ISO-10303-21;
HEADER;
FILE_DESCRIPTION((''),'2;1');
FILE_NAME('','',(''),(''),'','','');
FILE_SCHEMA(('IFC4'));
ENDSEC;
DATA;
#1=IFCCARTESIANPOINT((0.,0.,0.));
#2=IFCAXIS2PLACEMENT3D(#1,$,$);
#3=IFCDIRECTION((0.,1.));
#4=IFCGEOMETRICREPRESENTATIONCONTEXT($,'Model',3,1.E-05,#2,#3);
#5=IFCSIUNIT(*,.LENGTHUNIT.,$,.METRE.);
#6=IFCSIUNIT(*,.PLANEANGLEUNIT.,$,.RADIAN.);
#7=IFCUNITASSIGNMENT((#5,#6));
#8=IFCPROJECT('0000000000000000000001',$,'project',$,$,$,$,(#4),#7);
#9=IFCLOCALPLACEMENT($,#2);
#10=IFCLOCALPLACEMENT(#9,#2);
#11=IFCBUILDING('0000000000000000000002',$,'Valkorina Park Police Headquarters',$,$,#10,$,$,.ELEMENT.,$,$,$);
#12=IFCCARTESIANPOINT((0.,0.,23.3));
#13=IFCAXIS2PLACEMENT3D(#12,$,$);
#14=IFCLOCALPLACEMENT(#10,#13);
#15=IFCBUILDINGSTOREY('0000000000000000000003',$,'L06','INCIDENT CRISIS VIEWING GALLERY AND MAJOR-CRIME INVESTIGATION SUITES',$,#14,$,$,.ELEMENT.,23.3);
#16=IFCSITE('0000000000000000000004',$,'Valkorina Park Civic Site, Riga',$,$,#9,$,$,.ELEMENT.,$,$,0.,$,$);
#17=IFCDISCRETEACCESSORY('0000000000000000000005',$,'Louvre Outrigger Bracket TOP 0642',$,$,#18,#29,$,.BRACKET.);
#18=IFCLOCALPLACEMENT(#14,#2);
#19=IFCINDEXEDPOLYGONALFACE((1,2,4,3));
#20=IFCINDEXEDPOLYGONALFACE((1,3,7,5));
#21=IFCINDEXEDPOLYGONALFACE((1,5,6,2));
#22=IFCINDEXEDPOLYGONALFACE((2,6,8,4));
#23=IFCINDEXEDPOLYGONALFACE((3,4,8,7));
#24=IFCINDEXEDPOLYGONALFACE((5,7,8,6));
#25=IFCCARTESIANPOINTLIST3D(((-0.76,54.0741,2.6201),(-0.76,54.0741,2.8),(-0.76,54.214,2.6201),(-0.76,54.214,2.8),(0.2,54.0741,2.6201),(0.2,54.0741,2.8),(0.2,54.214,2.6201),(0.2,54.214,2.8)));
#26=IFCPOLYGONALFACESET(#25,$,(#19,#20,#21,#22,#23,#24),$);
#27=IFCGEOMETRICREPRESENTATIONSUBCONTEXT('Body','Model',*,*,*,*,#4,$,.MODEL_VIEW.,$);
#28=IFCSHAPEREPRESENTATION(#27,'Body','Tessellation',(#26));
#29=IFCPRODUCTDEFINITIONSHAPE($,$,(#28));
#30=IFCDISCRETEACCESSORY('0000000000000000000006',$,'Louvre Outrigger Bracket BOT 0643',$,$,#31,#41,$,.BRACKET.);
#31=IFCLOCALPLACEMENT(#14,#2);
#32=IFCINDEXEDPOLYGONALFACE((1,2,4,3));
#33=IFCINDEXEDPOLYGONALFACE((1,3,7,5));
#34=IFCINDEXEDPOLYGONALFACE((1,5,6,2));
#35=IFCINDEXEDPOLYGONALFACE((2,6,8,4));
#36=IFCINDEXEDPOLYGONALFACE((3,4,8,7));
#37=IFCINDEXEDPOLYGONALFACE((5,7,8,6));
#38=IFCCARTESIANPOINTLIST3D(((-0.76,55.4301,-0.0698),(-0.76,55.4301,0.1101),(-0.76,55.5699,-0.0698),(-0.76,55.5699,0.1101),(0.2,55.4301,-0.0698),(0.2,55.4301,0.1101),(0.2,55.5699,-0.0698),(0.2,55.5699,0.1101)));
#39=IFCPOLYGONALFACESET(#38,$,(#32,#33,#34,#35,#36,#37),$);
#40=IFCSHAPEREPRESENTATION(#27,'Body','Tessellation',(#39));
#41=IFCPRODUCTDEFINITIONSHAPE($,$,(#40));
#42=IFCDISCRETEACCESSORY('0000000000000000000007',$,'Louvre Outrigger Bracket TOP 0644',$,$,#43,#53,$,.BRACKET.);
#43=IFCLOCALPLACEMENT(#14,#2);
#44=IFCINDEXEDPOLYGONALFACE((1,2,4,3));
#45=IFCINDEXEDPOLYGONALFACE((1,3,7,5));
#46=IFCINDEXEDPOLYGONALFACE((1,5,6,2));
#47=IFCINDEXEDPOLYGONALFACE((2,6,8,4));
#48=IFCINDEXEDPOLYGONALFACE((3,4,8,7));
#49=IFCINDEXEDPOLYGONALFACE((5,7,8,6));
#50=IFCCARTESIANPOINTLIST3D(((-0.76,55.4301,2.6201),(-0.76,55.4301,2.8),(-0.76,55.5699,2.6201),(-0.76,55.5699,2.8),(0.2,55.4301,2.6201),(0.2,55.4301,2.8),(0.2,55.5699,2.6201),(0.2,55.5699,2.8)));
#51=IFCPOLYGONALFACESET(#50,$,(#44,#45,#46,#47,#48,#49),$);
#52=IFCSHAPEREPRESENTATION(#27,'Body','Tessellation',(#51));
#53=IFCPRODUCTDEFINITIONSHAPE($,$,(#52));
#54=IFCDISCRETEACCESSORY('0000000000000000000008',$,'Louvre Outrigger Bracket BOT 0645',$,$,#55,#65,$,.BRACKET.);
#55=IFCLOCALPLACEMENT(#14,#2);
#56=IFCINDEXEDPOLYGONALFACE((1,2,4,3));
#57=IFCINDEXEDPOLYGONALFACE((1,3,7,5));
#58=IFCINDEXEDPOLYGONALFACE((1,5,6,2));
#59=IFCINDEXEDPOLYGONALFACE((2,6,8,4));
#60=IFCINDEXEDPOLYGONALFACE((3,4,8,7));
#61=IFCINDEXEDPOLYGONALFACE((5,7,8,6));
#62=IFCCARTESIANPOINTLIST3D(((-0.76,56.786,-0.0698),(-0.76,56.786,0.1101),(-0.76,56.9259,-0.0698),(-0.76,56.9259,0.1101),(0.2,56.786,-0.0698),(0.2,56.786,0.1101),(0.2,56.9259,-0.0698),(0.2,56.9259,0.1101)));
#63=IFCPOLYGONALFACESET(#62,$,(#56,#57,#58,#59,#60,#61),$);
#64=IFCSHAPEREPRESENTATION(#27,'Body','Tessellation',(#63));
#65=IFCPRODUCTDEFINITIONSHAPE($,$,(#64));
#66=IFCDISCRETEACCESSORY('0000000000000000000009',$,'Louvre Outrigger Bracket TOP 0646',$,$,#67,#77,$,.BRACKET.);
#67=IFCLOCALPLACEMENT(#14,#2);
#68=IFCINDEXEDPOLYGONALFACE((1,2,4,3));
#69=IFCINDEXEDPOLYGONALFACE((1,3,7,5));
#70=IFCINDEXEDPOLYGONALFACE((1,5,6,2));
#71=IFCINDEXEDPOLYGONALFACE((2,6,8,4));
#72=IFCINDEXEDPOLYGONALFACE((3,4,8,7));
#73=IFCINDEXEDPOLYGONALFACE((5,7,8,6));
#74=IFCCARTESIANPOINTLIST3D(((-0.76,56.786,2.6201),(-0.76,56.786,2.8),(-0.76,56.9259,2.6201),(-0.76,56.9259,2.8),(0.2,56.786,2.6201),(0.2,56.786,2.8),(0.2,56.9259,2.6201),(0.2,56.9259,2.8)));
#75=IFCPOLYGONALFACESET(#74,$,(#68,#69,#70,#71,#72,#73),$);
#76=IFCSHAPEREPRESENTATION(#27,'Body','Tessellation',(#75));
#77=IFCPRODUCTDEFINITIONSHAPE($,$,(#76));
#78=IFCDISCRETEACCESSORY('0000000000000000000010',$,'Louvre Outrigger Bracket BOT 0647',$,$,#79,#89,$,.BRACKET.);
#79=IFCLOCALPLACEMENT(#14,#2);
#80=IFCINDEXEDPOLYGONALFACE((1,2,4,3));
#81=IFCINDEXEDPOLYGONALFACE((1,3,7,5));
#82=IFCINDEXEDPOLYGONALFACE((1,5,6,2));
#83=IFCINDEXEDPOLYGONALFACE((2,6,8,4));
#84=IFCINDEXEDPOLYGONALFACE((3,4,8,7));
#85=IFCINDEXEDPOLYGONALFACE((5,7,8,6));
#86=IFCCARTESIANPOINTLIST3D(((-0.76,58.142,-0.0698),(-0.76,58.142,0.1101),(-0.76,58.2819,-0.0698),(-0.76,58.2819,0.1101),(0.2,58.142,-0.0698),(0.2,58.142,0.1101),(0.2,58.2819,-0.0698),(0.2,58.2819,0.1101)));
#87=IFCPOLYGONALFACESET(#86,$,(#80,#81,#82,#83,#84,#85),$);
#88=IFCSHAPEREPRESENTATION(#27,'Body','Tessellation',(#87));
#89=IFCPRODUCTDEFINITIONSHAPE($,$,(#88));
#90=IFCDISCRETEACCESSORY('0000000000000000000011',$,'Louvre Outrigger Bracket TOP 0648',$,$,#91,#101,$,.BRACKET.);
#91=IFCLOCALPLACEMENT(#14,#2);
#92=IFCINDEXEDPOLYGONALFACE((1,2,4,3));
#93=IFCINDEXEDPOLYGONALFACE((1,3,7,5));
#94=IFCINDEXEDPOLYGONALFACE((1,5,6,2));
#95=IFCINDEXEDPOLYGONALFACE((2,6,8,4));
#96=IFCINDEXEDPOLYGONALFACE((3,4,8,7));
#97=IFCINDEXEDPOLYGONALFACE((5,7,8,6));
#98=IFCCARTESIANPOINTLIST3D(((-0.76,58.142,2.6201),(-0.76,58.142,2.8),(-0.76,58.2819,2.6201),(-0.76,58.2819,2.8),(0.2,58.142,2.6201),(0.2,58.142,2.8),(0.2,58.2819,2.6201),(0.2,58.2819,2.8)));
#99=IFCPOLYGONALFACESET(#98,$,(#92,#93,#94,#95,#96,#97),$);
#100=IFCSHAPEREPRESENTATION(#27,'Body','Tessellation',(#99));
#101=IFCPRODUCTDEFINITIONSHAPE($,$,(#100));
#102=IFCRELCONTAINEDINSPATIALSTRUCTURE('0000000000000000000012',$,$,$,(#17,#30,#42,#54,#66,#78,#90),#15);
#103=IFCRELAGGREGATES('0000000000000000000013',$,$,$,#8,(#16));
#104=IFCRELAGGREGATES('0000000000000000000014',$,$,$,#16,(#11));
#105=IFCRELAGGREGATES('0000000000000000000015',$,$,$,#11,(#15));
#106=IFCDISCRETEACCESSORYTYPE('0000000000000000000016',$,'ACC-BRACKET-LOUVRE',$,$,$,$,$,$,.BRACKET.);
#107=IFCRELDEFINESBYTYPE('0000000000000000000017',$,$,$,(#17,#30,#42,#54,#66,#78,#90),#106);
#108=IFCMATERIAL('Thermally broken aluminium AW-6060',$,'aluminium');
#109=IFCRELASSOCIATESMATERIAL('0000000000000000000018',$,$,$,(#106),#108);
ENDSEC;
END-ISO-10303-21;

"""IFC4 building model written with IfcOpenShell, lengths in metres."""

from ifc_helpers import new_model, si_unit, direction, frame, origin, origin_2d, place, context, subcontext, project, spatial, rectangle, extrude, material, type_object, element, save


model = new_model("IFC4")

# Units and contexts
model_context = context("Model", 3, precision=1e-05, world=origin(), true_north=direction((0.0, 1.0)))
body_context = subcontext(model_context, "Body", "Model", "MODEL_VIEW")
ifc_project = project(units=[si_unit("LENGTHUNIT", "METRE"), si_unit("PLANEANGLEUNIT", "RADIAN")], contexts=[model_context])

# Site, building, storey
site_placement = place(None, origin())
site = spatial("IfcSite", under=ifc_project, at=site_placement, Name="Valkorina Park Civic Site, Riga", CompositionType="ELEMENT", RefElevation=0.0)
building_placement = place(site_placement, origin())
building = spatial("IfcBuilding", under=site, at=building_placement, Name="Valkorina Park Police Headquarters", CompositionType="ELEMENT")
storey_placement = place(building_placement, frame((0.0, 0.0, 23.3)))
storey = spatial("IfcBuildingStorey", under=building, at=storey_placement, Name="L06", Description="INCIDENT CRISIS VIEWING GALLERY AND MAJOR-CRIME INVESTIGATION SUITES", CompositionType="ELEMENT", Elevation=23.3)

# Shared definitions
ifc_material_1 = material(Name="Thermally broken aluminium AW-6060", Category="aluminium")

# Discrete accessories
discrete_accessory_type = type_object("IfcDiscreteAccessoryType", Name="ACC-BRACKET-LOUVRE", PredefinedType="BRACKET", material=ifc_material_1)
for number, where, z_axis, x_axis, name in (
    (1, (-0.28, 54.144, 2.6201), (0.0, 0.0, 1.0), (-1.0, 0.0, 0.0), "Louvre Outrigger Bracket TOP 0642"),
    (2, (-0.28, 55.5, -0.0698), (0.0, 0.0, 1.0), (-1.0, 0.0, 0.0), "Louvre Outrigger Bracket BOT 0643"),
    (3, (-0.28, 55.5, 2.6201), (0.0, 0.0, 1.0), (-1.0, 0.0, 0.0), "Louvre Outrigger Bracket TOP 0644"),
    (4, (-0.28, 56.856, -0.0698), (0.0, 0.0, 1.0), (-1.0, 0.0, 0.0), "Louvre Outrigger Bracket BOT 0645"),
    (5, (-0.28, 56.856, 2.6201), (0.0, 0.0, 1.0), (-1.0, 0.0, 0.0), "Louvre Outrigger Bracket TOP 0646"),
    (6, (-0.28, 58.2119, -0.0698), (0.0, 0.0, 1.0), (-1.0, 0.0, 0.0), "Louvre Outrigger Bracket BOT 0647"),
    (7, (-0.28, 58.2119, 2.6201), (0.0, 0.0, 1.0), (-1.0, 0.0, 0.0), "Louvre Outrigger Bracket TOP 0648"),
):
    element("IfcDiscreteAccessory", number, at=place(storey_placement, frame(where, z_axis=z_axis, x_axis=x_axis)), inside=storey, type_object=discrete_accessory_type, Name=name, PredefinedType="BRACKET", context=body_context, shape_type="SweptSolid", body=[
        extrude(rectangle(XDim=0.96, YDim=0.1399, at=origin_2d()), origin(), (0.0, 0.0, 1.0), 0.1799),
    ])

save(model, "model.ifc")
